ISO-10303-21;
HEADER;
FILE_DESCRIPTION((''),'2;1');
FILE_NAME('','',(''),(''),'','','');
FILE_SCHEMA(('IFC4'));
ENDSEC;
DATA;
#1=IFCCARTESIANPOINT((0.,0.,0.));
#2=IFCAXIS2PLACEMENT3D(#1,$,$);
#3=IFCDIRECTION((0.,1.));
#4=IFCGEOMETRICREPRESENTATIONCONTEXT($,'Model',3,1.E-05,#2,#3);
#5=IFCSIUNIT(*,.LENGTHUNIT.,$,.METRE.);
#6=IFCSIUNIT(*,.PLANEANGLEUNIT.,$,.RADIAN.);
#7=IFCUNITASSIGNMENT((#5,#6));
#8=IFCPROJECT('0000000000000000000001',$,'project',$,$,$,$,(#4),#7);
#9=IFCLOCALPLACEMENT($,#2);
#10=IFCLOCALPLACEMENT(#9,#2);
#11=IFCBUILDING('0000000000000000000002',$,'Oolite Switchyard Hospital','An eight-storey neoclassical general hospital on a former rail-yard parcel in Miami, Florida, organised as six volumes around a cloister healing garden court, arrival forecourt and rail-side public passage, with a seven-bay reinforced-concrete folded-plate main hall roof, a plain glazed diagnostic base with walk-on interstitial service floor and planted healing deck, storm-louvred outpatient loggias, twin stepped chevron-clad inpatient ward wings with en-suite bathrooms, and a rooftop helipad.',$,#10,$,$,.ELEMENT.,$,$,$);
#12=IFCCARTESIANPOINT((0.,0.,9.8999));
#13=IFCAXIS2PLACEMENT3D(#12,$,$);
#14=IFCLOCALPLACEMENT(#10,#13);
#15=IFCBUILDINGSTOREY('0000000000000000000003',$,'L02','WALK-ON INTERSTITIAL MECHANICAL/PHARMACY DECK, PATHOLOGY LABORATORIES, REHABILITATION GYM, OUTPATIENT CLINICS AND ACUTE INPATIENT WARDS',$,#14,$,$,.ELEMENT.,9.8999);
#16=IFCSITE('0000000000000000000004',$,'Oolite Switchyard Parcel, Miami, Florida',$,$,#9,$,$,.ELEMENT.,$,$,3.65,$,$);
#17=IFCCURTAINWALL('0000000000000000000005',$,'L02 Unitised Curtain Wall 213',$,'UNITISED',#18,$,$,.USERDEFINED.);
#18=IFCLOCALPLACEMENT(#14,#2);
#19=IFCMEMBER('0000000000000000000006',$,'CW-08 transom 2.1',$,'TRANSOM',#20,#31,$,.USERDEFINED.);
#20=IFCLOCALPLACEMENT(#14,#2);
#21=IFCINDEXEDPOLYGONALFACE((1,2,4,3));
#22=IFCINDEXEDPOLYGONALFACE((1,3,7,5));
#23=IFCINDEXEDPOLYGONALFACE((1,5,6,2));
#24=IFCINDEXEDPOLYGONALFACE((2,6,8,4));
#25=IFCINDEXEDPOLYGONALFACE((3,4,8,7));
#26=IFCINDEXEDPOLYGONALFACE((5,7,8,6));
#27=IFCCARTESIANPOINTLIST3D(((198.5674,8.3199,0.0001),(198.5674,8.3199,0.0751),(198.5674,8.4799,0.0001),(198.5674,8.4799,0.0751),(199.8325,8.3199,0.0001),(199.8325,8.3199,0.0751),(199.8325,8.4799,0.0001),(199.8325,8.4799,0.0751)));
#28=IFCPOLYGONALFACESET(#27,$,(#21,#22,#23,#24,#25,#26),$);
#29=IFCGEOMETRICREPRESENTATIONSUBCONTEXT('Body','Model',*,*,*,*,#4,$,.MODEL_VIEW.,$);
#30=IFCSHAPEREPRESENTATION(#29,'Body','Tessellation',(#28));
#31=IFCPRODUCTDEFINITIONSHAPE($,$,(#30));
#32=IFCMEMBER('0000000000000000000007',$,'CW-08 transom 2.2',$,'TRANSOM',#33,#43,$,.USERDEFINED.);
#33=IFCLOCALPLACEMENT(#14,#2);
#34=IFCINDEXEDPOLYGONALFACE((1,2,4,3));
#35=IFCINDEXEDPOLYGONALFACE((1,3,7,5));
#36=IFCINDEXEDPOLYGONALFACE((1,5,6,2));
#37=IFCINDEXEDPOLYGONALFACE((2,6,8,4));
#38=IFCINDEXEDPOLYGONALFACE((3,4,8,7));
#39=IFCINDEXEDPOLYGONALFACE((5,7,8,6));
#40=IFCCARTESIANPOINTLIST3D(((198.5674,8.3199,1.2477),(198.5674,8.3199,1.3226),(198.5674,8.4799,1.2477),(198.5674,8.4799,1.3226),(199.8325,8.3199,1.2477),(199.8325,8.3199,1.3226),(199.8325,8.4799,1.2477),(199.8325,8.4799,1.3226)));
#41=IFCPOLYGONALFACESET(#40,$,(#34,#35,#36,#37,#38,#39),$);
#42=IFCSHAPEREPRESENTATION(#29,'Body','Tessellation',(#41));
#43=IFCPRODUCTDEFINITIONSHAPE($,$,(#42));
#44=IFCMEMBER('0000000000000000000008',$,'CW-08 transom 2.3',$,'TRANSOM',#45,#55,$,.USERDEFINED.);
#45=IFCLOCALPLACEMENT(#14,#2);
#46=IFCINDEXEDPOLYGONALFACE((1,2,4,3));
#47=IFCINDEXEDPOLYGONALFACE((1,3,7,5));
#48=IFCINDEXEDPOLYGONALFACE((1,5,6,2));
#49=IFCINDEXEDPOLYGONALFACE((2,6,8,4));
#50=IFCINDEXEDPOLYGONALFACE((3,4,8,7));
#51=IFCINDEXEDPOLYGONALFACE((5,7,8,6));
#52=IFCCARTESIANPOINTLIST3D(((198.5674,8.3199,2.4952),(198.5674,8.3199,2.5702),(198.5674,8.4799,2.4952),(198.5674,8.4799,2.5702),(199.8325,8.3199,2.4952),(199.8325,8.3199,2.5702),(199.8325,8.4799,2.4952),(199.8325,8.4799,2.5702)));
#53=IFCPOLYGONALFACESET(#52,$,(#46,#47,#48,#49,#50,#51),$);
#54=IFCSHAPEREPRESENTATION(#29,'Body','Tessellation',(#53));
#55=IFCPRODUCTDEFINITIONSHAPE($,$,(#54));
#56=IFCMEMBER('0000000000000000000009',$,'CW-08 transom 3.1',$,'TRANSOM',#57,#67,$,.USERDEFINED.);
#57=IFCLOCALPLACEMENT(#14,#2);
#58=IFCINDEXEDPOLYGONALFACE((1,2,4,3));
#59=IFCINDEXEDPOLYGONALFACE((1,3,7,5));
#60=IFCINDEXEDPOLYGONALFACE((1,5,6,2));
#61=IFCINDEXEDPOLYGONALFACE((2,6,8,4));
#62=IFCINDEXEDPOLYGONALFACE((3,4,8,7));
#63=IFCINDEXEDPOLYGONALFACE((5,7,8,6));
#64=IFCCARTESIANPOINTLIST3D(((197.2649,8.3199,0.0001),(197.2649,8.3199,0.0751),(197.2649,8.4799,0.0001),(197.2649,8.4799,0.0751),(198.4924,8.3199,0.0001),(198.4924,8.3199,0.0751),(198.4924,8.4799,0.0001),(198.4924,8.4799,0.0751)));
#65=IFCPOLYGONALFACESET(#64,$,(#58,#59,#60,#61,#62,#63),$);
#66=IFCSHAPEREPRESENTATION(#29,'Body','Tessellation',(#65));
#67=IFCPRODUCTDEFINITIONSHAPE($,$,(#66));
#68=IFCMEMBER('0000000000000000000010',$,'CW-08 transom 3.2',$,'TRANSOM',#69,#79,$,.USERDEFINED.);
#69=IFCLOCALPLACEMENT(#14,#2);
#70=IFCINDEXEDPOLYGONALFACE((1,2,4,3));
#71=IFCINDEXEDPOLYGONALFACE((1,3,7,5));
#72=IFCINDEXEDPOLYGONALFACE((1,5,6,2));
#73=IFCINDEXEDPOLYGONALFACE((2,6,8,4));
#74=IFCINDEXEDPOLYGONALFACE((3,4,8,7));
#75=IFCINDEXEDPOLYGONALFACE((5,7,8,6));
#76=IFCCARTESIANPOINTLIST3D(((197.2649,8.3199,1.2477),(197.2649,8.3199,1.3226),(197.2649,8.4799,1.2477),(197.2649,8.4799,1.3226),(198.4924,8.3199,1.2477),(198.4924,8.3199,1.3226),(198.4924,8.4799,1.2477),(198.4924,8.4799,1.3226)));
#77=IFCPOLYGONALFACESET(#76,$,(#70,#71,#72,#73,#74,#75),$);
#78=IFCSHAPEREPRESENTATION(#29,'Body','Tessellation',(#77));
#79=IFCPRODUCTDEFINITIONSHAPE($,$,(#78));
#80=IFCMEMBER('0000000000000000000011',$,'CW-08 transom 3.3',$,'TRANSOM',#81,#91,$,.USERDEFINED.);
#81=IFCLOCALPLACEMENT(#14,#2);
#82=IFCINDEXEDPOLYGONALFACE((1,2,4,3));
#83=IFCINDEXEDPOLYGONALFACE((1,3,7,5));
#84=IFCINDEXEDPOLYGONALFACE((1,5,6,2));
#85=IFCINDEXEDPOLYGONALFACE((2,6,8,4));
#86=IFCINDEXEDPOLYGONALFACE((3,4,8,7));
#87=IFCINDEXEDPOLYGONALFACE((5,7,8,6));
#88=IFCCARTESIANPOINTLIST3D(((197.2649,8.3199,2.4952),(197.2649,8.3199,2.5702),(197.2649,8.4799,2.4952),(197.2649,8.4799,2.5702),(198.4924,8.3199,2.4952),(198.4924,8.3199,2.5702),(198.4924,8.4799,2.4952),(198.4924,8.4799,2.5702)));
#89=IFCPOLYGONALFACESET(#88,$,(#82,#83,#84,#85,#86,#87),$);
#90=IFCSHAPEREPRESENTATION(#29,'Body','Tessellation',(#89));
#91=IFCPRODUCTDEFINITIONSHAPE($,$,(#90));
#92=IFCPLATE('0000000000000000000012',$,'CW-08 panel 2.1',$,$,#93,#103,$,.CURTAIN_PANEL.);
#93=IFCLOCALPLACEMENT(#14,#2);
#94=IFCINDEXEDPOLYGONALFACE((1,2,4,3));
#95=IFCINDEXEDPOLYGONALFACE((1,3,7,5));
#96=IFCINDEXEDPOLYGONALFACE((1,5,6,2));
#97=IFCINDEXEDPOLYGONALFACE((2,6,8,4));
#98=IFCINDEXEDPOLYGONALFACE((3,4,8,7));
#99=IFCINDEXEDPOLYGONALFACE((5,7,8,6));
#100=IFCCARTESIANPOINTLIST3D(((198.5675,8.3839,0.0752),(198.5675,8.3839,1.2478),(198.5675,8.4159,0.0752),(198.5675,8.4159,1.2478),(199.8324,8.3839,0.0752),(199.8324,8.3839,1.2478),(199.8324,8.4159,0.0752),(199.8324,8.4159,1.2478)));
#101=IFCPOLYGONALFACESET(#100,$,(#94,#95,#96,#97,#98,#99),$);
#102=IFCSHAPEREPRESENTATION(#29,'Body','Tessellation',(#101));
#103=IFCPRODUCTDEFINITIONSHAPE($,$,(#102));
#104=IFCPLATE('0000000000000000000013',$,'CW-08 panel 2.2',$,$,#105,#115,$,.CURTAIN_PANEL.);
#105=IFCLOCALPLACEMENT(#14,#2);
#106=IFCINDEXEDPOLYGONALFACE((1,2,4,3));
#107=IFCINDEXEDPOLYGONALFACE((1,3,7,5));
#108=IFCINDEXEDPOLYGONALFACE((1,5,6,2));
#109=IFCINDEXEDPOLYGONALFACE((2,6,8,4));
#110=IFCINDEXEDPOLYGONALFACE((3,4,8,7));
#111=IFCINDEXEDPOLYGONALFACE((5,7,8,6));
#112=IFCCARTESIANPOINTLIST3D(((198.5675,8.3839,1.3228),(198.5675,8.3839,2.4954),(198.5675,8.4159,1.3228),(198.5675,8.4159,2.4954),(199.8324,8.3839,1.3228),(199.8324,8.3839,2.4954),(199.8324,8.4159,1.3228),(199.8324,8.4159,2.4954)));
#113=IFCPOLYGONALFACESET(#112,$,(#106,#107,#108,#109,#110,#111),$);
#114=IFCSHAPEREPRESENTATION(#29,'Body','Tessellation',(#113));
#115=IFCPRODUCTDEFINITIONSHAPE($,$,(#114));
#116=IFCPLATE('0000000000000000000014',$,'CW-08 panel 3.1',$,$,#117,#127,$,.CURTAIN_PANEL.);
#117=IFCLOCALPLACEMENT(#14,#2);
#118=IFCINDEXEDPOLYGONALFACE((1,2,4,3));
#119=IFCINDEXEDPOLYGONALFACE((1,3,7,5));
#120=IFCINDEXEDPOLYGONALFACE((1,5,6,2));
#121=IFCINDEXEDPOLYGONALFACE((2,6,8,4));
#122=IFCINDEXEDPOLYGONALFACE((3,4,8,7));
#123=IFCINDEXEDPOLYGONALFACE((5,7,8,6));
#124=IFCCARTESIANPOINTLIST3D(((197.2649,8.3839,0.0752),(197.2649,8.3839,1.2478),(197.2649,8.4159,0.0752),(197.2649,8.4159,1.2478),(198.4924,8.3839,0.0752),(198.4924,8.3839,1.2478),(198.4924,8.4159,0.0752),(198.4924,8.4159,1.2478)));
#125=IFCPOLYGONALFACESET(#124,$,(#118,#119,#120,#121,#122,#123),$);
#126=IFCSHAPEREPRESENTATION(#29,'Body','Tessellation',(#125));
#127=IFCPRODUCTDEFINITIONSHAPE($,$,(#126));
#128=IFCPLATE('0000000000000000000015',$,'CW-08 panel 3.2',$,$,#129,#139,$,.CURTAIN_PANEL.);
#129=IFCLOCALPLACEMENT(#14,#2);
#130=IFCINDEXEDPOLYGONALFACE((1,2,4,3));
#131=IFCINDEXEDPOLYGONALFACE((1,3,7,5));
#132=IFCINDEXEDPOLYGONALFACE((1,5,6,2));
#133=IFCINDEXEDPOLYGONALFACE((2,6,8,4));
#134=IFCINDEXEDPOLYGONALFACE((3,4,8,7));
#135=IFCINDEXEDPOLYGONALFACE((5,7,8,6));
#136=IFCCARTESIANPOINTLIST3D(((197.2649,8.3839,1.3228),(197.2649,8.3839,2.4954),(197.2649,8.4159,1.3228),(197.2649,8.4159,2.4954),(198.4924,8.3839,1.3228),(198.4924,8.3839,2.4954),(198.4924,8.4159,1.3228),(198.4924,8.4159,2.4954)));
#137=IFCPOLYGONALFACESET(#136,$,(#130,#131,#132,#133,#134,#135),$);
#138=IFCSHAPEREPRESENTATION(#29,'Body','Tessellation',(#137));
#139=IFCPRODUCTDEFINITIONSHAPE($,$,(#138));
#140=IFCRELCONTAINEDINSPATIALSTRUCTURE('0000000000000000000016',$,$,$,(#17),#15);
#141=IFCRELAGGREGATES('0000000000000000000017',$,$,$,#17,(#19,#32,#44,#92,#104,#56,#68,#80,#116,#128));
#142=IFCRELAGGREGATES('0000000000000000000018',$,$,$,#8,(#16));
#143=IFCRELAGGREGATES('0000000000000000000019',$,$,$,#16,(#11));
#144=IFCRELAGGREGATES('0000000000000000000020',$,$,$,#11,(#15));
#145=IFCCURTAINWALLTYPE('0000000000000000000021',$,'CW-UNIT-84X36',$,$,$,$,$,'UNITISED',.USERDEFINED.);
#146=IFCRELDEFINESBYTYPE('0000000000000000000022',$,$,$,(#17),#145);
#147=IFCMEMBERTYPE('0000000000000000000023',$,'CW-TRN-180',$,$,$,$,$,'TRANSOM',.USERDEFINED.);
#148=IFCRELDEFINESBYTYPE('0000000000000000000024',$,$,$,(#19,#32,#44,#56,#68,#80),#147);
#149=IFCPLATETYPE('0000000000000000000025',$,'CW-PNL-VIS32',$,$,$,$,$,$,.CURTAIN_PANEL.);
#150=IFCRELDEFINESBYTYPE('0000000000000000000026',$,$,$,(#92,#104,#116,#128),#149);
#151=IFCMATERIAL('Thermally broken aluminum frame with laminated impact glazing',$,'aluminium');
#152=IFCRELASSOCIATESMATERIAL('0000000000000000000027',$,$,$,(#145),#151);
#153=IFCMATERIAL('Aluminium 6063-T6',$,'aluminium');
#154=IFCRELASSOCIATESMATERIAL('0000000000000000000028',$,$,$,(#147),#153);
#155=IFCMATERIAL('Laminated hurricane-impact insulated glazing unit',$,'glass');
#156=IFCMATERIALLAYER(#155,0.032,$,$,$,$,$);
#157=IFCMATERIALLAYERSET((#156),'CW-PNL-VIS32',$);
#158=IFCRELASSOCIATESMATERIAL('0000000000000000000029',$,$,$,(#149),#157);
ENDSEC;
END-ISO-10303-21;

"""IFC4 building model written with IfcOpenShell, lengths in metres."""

from ifc_helpers import new_model, si_unit, direction, frame, origin, origin_2d, place, context, subcontext, project, spatial, rectangle, extrude, material, layer, layer_set, material_profile, profile_set, type_object, element, aggregate, save


model = new_model("IFC4")

# Units and contexts
model_context = context("Model", 3, precision=1e-05, world=origin(), true_north=direction((0.0, 1.0)))
body_context = subcontext(model_context, "Body", "Model", "MODEL_VIEW")
ifc_project = project(units=[si_unit("LENGTHUNIT", "METRE"), si_unit("PLANEANGLEUNIT", "RADIAN")], contexts=[model_context])

# Site, building, storey
site_placement = place(None, origin())
site = spatial("IfcSite", under=ifc_project, at=site_placement, Name="Oolite Switchyard Parcel, Miami, Florida", CompositionType="ELEMENT", RefElevation=3.65)
building_placement = place(site_placement, origin())
building = spatial("IfcBuilding", under=site, at=building_placement, Name="Oolite Switchyard Hospital", Description="An eight-storey neoclassical general hospital on a former rail-yard parcel in Miami, Florida, organised as six volumes around a cloister healing garden court, arrival forecourt and rail-side public passage, with a seven-bay reinforced-concrete folded-plate main hall roof, a plain glazed diagnostic base with walk-on interstitial service floor and planted healing deck, storm-louvred outpatient loggias, twin stepped chevron-clad inpatient ward wings with en-suite bathrooms, and a rooftop helipad.", CompositionType="ELEMENT")
storey_placement = place(building_placement, frame((0.0, 0.0, 9.8999)))
storey = spatial("IfcBuildingStorey", under=building, at=storey_placement, Name="L02", Description="WALK-ON INTERSTITIAL MECHANICAL/PHARMACY DECK, PATHOLOGY LABORATORIES, REHABILITATION GYM, OUTPATIENT CLINICS AND ACUTE INPATIENT WARDS", CompositionType="ELEMENT", Elevation=9.8999)

# Shared definitions
ifc_material_1 = material(Name="Thermally broken aluminum frame with laminated impact glazing", Category="aluminium")
curtain_wall_type = type_object("IfcCurtainWallType", Name="CW-UNIT-84X36", ElementType="UNITISED", PredefinedType="USERDEFINED", material=ifc_material_1)
ifc_material_2 = material(Name="Aluminium 6063-T6", Category="aluminium")

# Curtain wall, members, plates
curtain_wall_1_placement = place(storey_placement, origin())
curtain_wall_1 = element("IfcCurtainWall", 1, at=curtain_wall_1_placement, inside=storey, type_object=curtain_wall_type, Name="L02 Unitised Curtain Wall 213", ObjectType="UNITISED", PredefinedType="USERDEFINED")
ifc_material_profile_1 = material_profile(ifc_material_2, rectangle(XDim=0.1599, YDim=0.075, at=origin_2d()), Name="CWT75X160")
ifc_profile_set_1 = profile_set([ifc_material_profile_1], Name="Aluminium 6063-T6")
member_type_1 = type_object("IfcMemberType", Name="CW-TRN-180", ElementType="TRANSOM", PredefinedType="USERDEFINED", material=ifc_profile_set_1)
member_1_placement = place(storey_placement, frame((199.8325, 8.3999, 0.0376), z_axis=(-1.0, 0.0, 0.0), x_axis=(0.0, -1.0, 0.0)))
member_1 = element("IfcMember", 2, at=member_1_placement, type_object=member_type_1, Name="CW-08 transom 2.1", ObjectType="TRANSOM", PredefinedType="USERDEFINED", context=body_context, shape_type="SweptSolid", body=[
    extrude(rectangle(XDim=0.1599, YDim=0.075, at=origin_2d()), origin(), (0.0, 0.0, 1.0), 1.2651),
])
member_2_placement = place(storey_placement, frame((199.8325, 8.3999, 1.2852), z_axis=(-1.0, 0.0, 0.0), x_axis=(0.0, -1.0, 0.0)))
member_2 = element("IfcMember", 3, at=member_2_placement, type_object=member_type_1, Name="CW-08 transom 2.2", ObjectType="TRANSOM", PredefinedType="USERDEFINED", context=body_context, shape_type="SweptSolid", body=[
    extrude(rectangle(XDim=0.1599, YDim=0.075, at=origin_2d()), origin(), (0.0, 0.0, 1.0), 1.2651),
])
member_3_placement = place(storey_placement, frame((199.8325, 8.3999, 2.5327), z_axis=(-1.0, 0.0, 0.0), x_axis=(0.0, -1.0, 0.0)))
member_3 = element("IfcMember", 4, at=member_3_placement, type_object=member_type_1, Name="CW-08 transom 2.3", ObjectType="TRANSOM", PredefinedType="USERDEFINED", context=body_context, shape_type="SweptSolid", body=[
    extrude(rectangle(XDim=0.1599, YDim=0.075, at=origin_2d()), origin(), (0.0, 0.0, 1.0), 1.2651),
])
member_4_placement = place(storey_placement, frame((198.4924, 8.3999, 0.0376), z_axis=(-1.0, 0.0, 0.0), x_axis=(0.0, -1.0, 0.0)))
member_4 = element("IfcMember", 5, at=member_4_placement, type_object=member_type_1, Name="CW-08 transom 3.1", ObjectType="TRANSOM", PredefinedType="USERDEFINED", context=body_context, shape_type="SweptSolid", body=[
    extrude(rectangle(XDim=0.1599, YDim=0.075, at=origin_2d()), origin(), (0.0, 0.0, 1.0), 1.2275),
])
member_5_placement = place(storey_placement, frame((198.4924, 8.3999, 1.2852), z_axis=(-1.0, 0.0, 0.0), x_axis=(0.0, -1.0, 0.0)))
member_5 = element("IfcMember", 6, at=member_5_placement, type_object=member_type_1, Name="CW-08 transom 3.2", ObjectType="TRANSOM", PredefinedType="USERDEFINED", context=body_context, shape_type="SweptSolid", body=[
    extrude(rectangle(XDim=0.1599, YDim=0.075, at=origin_2d()), origin(), (0.0, 0.0, 1.0), 1.2275),
])
member_6_placement = place(storey_placement, frame((198.4924, 8.3999, 2.5327), z_axis=(-1.0, 0.0, 0.0), x_axis=(0.0, -1.0, 0.0)))
member_6 = element("IfcMember", 7, at=member_6_placement, type_object=member_type_1, Name="CW-08 transom 3.3", ObjectType="TRANSOM", PredefinedType="USERDEFINED", context=body_context, shape_type="SweptSolid", body=[
    extrude(rectangle(XDim=0.1599, YDim=0.075, at=origin_2d()), origin(), (0.0, 0.0, 1.0), 1.2275),
])
ifc_material_3 = material(Name="Laminated hurricane-impact insulated glazing unit", Category="glass")
ifc_layer = layer(ifc_material_3, 0.032)
ifc_layer_set = layer_set([ifc_layer], Name="CW-PNL-VIS32")
plate_type = type_object("IfcPlateType", Name="CW-PNL-VIS32", PredefinedType="CURTAIN_PANEL", material=ifc_layer_set)
plate_1_placement = place(storey_placement, frame((199.2, 8.3999, 0.0752), z_axis=(0.0, 0.0, 1.0), x_axis=(-1.0, 0.0, 0.0)))
plate_1 = element("IfcPlate", 8, at=plate_1_placement, type_object=plate_type, Name="CW-08 panel 2.1", PredefinedType="CURTAIN_PANEL", context=body_context, shape_type="SweptSolid", body=[
    extrude(rectangle(XDim=1.2649, YDim=0.032, at=origin_2d()), origin(), (0.0, 0.0, 1.0), 1.1726),
])
plate_2_placement = place(storey_placement, frame((199.2, 8.3999, 1.3228), z_axis=(0.0, 0.0, 1.0), x_axis=(-1.0, 0.0, 0.0)))
plate_2 = element("IfcPlate", 9, at=plate_2_placement, type_object=plate_type, Name="CW-08 panel 2.2", PredefinedType="CURTAIN_PANEL", context=body_context, shape_type="SweptSolid", body=[
    extrude(rectangle(XDim=1.2649, YDim=0.032, at=origin_2d()), origin(), (0.0, 0.0, 1.0), 1.1726),
])
plate_3_placement = place(storey_placement, frame((197.8787, 8.3999, 0.0752), z_axis=(0.0, 0.0, 1.0), x_axis=(-1.0, 0.0, 0.0)))
plate_3 = element("IfcPlate", 10, at=plate_3_placement, type_object=plate_type, Name="CW-08 panel 3.1", PredefinedType="CURTAIN_PANEL", context=body_context, shape_type="SweptSolid", body=[
    extrude(rectangle(XDim=1.2275, YDim=0.032, at=origin_2d()), origin(), (0.0, 0.0, 1.0), 1.1726),
])
plate_4_placement = place(storey_placement, frame((197.8787, 8.3999, 1.3228), z_axis=(0.0, 0.0, 1.0), x_axis=(-1.0, 0.0, 0.0)))
plate_4 = element("IfcPlate", 11, at=plate_4_placement, type_object=plate_type, Name="CW-08 panel 3.2", PredefinedType="CURTAIN_PANEL", context=body_context, shape_type="SweptSolid", body=[
    extrude(rectangle(XDim=1.2275, YDim=0.032, at=origin_2d()), origin(), (0.0, 0.0, 1.0), 1.1726),
])
aggregate(curtain_wall_1, [member_1, member_2, member_3, plate_1, plate_2, member_4, member_5, member_6, plate_3, plate_4])

save(model, "model.ifc")
